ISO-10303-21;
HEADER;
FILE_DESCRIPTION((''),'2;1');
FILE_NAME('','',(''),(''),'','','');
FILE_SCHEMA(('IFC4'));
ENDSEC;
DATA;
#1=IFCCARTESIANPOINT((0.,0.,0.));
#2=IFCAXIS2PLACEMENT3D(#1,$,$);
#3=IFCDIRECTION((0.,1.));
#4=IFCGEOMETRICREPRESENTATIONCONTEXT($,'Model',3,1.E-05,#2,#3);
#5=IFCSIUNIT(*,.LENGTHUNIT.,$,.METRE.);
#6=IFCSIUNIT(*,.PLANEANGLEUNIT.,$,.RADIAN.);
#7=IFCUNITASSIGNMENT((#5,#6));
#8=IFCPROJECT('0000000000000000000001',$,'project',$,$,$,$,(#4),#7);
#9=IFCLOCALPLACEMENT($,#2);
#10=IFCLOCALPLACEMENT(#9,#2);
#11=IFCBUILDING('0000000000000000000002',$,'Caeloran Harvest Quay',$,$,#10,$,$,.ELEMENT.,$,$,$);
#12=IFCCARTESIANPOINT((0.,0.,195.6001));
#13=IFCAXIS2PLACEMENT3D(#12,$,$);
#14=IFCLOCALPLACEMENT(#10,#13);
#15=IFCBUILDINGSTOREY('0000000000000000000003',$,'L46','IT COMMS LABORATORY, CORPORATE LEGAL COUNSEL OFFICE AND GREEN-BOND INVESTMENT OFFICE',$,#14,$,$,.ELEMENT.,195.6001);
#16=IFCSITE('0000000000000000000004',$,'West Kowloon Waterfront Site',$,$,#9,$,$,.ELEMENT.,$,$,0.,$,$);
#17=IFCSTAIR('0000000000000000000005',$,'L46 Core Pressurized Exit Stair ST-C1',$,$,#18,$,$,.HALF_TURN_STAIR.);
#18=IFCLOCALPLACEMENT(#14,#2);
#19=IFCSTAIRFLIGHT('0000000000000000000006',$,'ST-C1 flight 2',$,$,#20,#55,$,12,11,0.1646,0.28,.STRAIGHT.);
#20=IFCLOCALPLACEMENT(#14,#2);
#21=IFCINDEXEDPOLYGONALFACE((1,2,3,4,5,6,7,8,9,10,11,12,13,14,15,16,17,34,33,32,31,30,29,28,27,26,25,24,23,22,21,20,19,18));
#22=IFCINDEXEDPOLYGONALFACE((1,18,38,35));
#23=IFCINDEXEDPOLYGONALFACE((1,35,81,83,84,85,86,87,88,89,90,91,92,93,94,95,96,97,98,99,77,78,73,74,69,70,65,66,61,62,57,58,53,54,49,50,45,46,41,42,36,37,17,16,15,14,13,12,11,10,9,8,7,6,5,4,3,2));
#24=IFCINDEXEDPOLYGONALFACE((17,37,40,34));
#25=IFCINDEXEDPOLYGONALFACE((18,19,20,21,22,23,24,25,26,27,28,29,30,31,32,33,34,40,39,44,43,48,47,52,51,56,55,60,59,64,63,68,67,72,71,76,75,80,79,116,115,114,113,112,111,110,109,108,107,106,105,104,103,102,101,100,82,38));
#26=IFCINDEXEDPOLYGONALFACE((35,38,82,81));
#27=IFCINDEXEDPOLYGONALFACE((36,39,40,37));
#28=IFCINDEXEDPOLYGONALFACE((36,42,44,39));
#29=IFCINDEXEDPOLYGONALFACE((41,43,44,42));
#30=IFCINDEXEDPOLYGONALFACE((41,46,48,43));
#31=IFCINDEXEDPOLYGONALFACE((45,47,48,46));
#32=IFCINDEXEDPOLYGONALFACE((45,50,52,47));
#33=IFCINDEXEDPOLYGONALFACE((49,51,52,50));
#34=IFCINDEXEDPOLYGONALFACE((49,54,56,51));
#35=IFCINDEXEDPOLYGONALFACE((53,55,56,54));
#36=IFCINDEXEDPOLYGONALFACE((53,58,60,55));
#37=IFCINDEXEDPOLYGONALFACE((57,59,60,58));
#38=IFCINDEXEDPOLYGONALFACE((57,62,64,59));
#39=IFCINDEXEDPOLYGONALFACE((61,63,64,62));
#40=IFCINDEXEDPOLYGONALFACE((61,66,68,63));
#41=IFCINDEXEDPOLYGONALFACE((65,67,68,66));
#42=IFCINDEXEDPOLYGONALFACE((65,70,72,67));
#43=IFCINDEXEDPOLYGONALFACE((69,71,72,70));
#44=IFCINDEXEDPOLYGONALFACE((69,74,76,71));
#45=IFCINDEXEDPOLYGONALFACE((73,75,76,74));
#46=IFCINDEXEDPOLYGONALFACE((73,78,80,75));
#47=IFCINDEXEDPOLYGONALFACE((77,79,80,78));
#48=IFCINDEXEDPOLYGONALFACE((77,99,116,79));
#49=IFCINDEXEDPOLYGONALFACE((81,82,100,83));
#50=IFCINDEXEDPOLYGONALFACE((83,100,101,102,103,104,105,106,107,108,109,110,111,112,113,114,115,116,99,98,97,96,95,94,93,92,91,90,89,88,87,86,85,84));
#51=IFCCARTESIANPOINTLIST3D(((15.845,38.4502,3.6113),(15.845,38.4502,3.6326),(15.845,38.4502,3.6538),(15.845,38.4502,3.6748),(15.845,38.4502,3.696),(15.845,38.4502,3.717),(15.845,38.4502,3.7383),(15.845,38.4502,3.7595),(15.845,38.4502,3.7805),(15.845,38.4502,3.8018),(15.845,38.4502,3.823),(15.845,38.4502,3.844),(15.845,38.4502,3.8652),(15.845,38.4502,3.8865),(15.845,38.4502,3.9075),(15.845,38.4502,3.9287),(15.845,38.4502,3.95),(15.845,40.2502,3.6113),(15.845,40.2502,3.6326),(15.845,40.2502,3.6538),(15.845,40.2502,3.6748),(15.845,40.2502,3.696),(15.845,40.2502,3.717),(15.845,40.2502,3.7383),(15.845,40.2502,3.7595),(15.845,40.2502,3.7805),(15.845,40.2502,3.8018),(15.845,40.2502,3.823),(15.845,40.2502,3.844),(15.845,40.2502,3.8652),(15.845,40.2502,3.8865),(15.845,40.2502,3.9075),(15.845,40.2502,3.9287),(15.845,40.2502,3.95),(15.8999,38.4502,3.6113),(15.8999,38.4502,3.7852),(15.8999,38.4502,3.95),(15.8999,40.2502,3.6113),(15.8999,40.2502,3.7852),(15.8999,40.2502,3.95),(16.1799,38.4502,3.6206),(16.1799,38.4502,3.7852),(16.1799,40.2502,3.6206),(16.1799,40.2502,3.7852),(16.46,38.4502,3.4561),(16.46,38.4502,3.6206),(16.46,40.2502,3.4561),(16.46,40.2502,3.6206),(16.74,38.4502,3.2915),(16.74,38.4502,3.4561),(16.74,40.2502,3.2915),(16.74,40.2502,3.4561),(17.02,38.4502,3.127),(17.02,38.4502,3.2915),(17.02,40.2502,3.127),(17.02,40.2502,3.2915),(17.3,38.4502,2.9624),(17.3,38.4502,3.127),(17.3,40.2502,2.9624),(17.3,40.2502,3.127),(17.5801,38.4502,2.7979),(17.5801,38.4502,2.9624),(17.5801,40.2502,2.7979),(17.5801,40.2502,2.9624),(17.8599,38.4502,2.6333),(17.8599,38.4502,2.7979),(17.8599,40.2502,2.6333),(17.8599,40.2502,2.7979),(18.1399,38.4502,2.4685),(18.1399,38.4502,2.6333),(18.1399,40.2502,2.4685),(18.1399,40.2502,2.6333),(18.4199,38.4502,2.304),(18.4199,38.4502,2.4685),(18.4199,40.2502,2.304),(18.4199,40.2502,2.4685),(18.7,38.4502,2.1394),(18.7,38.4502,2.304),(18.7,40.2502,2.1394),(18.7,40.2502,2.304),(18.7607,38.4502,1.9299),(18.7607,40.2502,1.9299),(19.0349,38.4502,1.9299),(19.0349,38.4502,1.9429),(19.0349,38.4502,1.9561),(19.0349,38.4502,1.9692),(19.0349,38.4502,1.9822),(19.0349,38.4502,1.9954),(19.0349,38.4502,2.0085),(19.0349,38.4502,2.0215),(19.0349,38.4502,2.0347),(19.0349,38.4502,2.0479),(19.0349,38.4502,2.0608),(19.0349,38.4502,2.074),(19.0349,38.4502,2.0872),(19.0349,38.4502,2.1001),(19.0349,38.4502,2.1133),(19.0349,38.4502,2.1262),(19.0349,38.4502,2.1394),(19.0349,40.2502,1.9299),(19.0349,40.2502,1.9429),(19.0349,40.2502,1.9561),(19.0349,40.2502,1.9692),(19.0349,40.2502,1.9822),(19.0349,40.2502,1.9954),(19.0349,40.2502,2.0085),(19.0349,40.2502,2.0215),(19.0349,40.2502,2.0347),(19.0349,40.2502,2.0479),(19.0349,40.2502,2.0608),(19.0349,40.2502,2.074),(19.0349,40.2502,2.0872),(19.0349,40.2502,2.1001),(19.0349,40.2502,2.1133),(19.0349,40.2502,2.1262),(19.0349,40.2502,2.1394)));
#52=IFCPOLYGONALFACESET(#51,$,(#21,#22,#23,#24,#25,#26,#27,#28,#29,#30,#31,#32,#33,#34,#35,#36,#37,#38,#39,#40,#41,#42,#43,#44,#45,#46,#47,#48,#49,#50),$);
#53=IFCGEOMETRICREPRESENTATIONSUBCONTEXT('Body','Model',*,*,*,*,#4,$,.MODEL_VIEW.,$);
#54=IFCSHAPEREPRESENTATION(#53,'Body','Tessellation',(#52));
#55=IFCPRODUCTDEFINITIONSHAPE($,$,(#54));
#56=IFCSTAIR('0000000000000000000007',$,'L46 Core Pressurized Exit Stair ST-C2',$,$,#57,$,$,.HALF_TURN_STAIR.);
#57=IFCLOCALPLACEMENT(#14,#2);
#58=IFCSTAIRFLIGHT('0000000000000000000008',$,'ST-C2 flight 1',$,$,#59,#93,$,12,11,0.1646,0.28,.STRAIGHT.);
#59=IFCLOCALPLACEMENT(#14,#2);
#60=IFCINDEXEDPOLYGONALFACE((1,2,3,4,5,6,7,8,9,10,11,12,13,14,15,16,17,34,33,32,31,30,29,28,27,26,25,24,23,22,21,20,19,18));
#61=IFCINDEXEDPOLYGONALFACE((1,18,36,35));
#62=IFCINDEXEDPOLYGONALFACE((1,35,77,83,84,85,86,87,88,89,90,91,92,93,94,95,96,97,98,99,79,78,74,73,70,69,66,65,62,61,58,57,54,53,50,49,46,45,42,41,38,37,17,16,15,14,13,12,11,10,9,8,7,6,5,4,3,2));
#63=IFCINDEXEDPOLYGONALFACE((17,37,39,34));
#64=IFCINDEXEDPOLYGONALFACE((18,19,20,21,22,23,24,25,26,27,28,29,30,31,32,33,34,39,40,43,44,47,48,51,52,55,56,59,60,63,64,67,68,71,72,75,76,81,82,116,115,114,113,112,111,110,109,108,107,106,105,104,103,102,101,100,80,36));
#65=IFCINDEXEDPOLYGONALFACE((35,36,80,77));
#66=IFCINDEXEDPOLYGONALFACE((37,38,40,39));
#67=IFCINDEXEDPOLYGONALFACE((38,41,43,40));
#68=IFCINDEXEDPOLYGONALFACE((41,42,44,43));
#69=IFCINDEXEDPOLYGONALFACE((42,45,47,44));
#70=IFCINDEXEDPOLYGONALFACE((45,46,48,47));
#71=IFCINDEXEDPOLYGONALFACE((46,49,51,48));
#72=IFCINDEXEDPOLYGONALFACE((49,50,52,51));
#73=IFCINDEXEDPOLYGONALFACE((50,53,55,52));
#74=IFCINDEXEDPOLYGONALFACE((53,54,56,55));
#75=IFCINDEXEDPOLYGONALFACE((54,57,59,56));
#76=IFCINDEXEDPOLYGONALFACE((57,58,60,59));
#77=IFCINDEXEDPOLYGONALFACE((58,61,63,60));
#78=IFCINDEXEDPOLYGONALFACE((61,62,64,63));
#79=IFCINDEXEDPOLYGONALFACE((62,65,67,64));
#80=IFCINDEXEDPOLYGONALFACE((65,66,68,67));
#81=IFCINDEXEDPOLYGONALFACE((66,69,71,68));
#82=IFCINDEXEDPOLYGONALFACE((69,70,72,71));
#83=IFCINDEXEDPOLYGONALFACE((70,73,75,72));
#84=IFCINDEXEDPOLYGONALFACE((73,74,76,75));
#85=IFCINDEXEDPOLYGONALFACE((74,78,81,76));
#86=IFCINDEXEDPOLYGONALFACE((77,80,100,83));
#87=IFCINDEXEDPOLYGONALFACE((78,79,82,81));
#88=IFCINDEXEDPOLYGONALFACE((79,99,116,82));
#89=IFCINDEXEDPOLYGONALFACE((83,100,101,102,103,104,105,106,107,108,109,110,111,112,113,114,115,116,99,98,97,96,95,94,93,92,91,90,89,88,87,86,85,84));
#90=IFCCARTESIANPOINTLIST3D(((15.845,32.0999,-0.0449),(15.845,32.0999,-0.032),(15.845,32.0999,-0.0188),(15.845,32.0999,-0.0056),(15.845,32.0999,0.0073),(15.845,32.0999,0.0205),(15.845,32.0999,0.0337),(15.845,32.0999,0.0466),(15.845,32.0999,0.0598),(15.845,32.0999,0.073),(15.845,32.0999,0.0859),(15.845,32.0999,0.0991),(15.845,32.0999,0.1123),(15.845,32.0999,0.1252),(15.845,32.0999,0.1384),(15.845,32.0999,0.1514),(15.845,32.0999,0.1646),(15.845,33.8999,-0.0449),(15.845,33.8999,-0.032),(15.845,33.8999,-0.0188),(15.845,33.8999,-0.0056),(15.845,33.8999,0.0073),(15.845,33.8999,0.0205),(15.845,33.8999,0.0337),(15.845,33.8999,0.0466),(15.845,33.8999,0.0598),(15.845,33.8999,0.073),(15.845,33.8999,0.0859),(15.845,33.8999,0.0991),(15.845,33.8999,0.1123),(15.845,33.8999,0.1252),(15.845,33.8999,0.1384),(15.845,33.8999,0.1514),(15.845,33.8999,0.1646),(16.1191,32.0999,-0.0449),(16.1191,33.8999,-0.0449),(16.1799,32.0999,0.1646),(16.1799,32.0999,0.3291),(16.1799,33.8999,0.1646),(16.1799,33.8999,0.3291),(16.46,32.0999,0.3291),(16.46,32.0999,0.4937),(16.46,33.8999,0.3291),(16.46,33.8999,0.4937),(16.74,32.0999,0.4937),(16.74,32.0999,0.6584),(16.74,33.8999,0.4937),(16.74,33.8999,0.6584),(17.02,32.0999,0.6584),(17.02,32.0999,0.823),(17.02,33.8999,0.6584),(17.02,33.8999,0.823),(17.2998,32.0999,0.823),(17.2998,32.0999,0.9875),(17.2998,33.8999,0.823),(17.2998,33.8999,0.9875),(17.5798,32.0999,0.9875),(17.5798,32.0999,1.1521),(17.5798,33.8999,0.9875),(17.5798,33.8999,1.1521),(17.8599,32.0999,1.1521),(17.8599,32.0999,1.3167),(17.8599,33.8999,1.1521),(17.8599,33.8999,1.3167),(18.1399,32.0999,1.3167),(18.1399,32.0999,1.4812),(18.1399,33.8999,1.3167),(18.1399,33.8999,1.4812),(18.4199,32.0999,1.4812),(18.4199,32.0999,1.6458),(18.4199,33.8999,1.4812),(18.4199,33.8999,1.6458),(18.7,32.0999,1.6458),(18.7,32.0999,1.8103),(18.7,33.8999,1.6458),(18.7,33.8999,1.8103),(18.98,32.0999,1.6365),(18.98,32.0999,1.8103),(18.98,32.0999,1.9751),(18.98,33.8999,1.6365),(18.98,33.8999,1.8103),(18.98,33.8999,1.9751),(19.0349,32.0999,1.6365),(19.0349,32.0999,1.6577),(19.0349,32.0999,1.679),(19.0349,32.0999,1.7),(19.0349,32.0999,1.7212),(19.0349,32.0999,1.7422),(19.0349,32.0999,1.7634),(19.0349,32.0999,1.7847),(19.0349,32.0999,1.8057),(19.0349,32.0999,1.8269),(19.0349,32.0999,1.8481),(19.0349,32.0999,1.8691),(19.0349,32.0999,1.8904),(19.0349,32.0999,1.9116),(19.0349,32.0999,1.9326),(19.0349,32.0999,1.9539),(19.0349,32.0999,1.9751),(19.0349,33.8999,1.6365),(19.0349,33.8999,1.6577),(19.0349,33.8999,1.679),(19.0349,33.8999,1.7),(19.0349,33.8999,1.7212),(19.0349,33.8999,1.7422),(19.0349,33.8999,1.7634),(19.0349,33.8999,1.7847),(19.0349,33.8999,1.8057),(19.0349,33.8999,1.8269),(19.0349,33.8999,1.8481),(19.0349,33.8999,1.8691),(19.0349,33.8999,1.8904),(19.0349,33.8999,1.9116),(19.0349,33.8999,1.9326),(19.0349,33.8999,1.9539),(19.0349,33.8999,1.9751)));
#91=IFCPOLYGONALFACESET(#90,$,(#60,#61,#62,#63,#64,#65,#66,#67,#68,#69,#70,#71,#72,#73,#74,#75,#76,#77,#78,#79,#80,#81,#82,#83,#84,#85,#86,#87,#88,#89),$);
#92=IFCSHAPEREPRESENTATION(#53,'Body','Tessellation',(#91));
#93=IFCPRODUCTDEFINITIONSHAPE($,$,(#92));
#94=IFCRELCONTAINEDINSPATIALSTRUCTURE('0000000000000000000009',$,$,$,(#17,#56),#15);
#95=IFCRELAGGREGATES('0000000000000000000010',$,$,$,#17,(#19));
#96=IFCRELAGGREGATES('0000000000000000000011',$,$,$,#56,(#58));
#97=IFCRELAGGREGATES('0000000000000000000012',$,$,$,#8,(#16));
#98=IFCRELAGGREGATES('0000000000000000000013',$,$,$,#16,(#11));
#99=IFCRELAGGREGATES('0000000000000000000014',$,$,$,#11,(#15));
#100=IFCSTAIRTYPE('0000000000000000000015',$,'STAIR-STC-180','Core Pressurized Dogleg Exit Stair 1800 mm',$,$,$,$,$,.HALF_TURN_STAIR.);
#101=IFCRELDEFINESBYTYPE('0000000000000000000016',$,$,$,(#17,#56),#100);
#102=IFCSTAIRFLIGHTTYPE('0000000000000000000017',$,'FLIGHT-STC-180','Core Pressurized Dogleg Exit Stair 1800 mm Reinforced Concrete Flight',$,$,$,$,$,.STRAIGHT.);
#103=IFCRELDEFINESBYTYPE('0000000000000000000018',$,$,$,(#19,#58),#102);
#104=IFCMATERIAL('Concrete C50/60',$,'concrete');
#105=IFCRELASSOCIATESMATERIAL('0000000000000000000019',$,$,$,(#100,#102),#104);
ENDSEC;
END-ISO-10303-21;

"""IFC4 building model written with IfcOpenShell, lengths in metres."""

from ifc_helpers import new_model, si_unit, direction, frame, origin, place, context, subcontext, project, spatial, polyline, outline, extrude, material, type_object, element, aggregate, save


model = new_model("IFC4")

# Units and contexts
model_context = context("Model", 3, precision=1e-05, world=origin(), true_north=direction((0.0, 1.0)))
body_context = subcontext(model_context, "Body", "Model", "MODEL_VIEW")
ifc_project = project(units=[si_unit("LENGTHUNIT", "METRE"), si_unit("PLANEANGLEUNIT", "RADIAN")], contexts=[model_context])

# Site, building, storey
site_placement = place(None, origin())
site = spatial("IfcSite", under=ifc_project, at=site_placement, Name="West Kowloon Waterfront Site", CompositionType="ELEMENT", RefElevation=0.0)
building_placement = place(site_placement, origin())
building = spatial("IfcBuilding", under=site, at=building_placement, Name="Caeloran Harvest Quay", CompositionType="ELEMENT")
storey_placement = place(building_placement, frame((0.0, 0.0, 195.6001)))
storey = spatial("IfcBuildingStorey", under=building, at=storey_placement, Name="L46", Description="IT COMMS LABORATORY, CORPORATE LEGAL COUNSEL OFFICE AND GREEN-BOND INVESTMENT OFFICE", CompositionType="ELEMENT", Elevation=195.6001)

# Shared definitions
ifc_material_1 = material(Name="Concrete C50/60", Category="concrete")

# Stairs, stair flights
stair_type = type_object("IfcStairType", Name="STAIR-STC-180", Description="Core Pressurized Dogleg Exit Stair 1800 mm", PredefinedType="HALF_TURN_STAIR", material=ifc_material_1)
stair_1_placement = place(storey_placement, origin())
stair_1 = element("IfcStair", 1, at=stair_1_placement, inside=storey, type_object=stair_type, Name="L46 Core Pressurized Exit Stair ST-C1", PredefinedType="HALF_TURN_STAIR")
stair_flight_type = type_object("IfcStairFlightType", Name="FLIGHT-STC-180", Description="Core Pressurized Dogleg Exit Stair 1800 mm Reinforced Concrete Flight", PredefinedType="STRAIGHT", material=ifc_material_1)
stair_flight_1_placement = place(storey_placement, frame((18.98, 39.3501, 1.9749), z_axis=(0.0, 0.0, 1.0), x_axis=(-1.0, 0.0, 0.0)))
stair_flight_1 = element("IfcStairFlight", 2, at=stair_flight_1_placement, type_object=stair_flight_type, Name="ST-C1 flight 2", NumberOfRisers=12, NumberOfTreads=11, PredefinedType="STRAIGHT", RiserHeight=0.1646, TreadLength=0.28, context=body_context, shape_type="SweptSolid", body=[
    extrude(outline(polyline([(-0.0549, -0.0449), (-0.0549, -0.032), (-0.0549, -0.0188), (-0.0549, -0.0056), (-0.0549, 0.0073), (-0.0549, 0.0205), (-0.0549, 0.0337), (-0.0549, 0.0466), (-0.0549, 0.0598), (-0.0549, 0.073), (-0.0549, 0.0859), (-0.0549, 0.0991), (-0.0549, 0.1123), (-0.0549, 0.1252), (-0.0549, 0.1384), (-0.0549, 0.1514), (-0.0549, 0.1646), (0.28, 0.1646), (0.28, 0.3291), (0.5601, 0.3291), (0.5601, 0.4937), (0.8401, 0.4937), (0.8401, 0.6584), (1.1201, 0.6584), (1.1201, 0.823), (1.3999, 0.823), (1.3999, 0.9875), (1.6799, 0.9875), (1.6799, 1.1521), (1.96, 1.1521), (1.96, 1.3167), (2.24, 1.3167), (2.24, 1.4812), (2.52, 1.4812), (2.52, 1.6458), (2.8, 1.6458), (2.8, 1.8103), (3.0801, 1.8103), (3.0801, 1.9751), (3.135, 1.9751), (3.135, 1.9539), (3.135, 1.9326), (3.135, 1.9116), (3.135, 1.8904), (3.135, 1.8691), (3.135, 1.8481), (3.135, 1.8269), (3.135, 1.8057), (3.135, 1.7847), (3.135, 1.7634), (3.135, 1.7422), (3.135, 1.7212), (3.135, 1.7), (3.135, 1.679), (3.135, 1.6577), (3.135, 1.6365), (3.0801, 1.6365), (0.2192, -0.0449), (-0.0549, -0.0449)])), frame((0.0, 0.8999, 0.0), z_axis=(0.0, -1.0, 0.0), x_axis=(1.0, 0.0, 0.0)), (0.0, 0.0, 1.0), 1.8),
])
aggregate(stair_1, [stair_flight_1])
stair_2_placement = place(storey_placement, origin())
stair_2 = element("IfcStair", 3, at=stair_2_placement, inside=storey, type_object=stair_type, Name="L46 Core Pressurized Exit Stair ST-C2", PredefinedType="HALF_TURN_STAIR")
stair_flight_2_placement = place(storey_placement, frame((15.8999, 33.0, 0.0), z_axis=(0.0, 0.0, 1.0), x_axis=(1.0, 0.0, 0.0)))
stair_flight_2 = element("IfcStairFlight", 4, at=stair_flight_2_placement, type_object=stair_flight_type, Name="ST-C2 flight 1", NumberOfRisers=12, NumberOfTreads=11, PredefinedType="STRAIGHT", RiserHeight=0.1646, TreadLength=0.28, context=body_context, shape_type="SweptSolid", body=[
    extrude(outline(polyline([(-0.0549, -0.0449), (-0.0549, -0.032), (-0.0549, -0.0188), (-0.0549, -0.0056), (-0.0549, 0.0073), (-0.0549, 0.0205), (-0.0549, 0.0337), (-0.0549, 0.0466), (-0.0549, 0.0598), (-0.0549, 0.073), (-0.0549, 0.0859), (-0.0549, 0.0991), (-0.0549, 0.1123), (-0.0549, 0.1252), (-0.0549, 0.1384), (-0.0549, 0.1514), (-0.0549, 0.1646), (0.28, 0.1646), (0.28, 0.3291), (0.5601, 0.3291), (0.5601, 0.4937), (0.8401, 0.4937), (0.8401, 0.6584), (1.1201, 0.6584), (1.1201, 0.823), (1.3999, 0.823), (1.3999, 0.9875), (1.6799, 0.9875), (1.6799, 1.1521), (1.96, 1.1521), (1.96, 1.3167), (2.24, 1.3167), (2.24, 1.4812), (2.52, 1.4812), (2.52, 1.6458), (2.8, 1.6458), (2.8, 1.8103), (3.0801, 1.8103), (3.0801, 1.9751), (3.135, 1.9751), (3.135, 1.9539), (3.135, 1.9326), (3.135, 1.9116), (3.135, 1.8904), (3.135, 1.8691), (3.135, 1.8481), (3.135, 1.8269), (3.135, 1.8057), (3.135, 1.7847), (3.135, 1.7634), (3.135, 1.7422), (3.135, 1.7212), (3.135, 1.7), (3.135, 1.679), (3.135, 1.6577), (3.135, 1.6365), (3.0801, 1.6365), (0.2192, -0.0449), (-0.0549, -0.0449)])), frame((0.0, 0.8999, 0.0), z_axis=(0.0, -1.0, 0.0), x_axis=(1.0, 0.0, 0.0)), (0.0, 0.0, 1.0), 1.8),
])
aggregate(stair_2, [stair_flight_2])

save(model, "model.ifc")
